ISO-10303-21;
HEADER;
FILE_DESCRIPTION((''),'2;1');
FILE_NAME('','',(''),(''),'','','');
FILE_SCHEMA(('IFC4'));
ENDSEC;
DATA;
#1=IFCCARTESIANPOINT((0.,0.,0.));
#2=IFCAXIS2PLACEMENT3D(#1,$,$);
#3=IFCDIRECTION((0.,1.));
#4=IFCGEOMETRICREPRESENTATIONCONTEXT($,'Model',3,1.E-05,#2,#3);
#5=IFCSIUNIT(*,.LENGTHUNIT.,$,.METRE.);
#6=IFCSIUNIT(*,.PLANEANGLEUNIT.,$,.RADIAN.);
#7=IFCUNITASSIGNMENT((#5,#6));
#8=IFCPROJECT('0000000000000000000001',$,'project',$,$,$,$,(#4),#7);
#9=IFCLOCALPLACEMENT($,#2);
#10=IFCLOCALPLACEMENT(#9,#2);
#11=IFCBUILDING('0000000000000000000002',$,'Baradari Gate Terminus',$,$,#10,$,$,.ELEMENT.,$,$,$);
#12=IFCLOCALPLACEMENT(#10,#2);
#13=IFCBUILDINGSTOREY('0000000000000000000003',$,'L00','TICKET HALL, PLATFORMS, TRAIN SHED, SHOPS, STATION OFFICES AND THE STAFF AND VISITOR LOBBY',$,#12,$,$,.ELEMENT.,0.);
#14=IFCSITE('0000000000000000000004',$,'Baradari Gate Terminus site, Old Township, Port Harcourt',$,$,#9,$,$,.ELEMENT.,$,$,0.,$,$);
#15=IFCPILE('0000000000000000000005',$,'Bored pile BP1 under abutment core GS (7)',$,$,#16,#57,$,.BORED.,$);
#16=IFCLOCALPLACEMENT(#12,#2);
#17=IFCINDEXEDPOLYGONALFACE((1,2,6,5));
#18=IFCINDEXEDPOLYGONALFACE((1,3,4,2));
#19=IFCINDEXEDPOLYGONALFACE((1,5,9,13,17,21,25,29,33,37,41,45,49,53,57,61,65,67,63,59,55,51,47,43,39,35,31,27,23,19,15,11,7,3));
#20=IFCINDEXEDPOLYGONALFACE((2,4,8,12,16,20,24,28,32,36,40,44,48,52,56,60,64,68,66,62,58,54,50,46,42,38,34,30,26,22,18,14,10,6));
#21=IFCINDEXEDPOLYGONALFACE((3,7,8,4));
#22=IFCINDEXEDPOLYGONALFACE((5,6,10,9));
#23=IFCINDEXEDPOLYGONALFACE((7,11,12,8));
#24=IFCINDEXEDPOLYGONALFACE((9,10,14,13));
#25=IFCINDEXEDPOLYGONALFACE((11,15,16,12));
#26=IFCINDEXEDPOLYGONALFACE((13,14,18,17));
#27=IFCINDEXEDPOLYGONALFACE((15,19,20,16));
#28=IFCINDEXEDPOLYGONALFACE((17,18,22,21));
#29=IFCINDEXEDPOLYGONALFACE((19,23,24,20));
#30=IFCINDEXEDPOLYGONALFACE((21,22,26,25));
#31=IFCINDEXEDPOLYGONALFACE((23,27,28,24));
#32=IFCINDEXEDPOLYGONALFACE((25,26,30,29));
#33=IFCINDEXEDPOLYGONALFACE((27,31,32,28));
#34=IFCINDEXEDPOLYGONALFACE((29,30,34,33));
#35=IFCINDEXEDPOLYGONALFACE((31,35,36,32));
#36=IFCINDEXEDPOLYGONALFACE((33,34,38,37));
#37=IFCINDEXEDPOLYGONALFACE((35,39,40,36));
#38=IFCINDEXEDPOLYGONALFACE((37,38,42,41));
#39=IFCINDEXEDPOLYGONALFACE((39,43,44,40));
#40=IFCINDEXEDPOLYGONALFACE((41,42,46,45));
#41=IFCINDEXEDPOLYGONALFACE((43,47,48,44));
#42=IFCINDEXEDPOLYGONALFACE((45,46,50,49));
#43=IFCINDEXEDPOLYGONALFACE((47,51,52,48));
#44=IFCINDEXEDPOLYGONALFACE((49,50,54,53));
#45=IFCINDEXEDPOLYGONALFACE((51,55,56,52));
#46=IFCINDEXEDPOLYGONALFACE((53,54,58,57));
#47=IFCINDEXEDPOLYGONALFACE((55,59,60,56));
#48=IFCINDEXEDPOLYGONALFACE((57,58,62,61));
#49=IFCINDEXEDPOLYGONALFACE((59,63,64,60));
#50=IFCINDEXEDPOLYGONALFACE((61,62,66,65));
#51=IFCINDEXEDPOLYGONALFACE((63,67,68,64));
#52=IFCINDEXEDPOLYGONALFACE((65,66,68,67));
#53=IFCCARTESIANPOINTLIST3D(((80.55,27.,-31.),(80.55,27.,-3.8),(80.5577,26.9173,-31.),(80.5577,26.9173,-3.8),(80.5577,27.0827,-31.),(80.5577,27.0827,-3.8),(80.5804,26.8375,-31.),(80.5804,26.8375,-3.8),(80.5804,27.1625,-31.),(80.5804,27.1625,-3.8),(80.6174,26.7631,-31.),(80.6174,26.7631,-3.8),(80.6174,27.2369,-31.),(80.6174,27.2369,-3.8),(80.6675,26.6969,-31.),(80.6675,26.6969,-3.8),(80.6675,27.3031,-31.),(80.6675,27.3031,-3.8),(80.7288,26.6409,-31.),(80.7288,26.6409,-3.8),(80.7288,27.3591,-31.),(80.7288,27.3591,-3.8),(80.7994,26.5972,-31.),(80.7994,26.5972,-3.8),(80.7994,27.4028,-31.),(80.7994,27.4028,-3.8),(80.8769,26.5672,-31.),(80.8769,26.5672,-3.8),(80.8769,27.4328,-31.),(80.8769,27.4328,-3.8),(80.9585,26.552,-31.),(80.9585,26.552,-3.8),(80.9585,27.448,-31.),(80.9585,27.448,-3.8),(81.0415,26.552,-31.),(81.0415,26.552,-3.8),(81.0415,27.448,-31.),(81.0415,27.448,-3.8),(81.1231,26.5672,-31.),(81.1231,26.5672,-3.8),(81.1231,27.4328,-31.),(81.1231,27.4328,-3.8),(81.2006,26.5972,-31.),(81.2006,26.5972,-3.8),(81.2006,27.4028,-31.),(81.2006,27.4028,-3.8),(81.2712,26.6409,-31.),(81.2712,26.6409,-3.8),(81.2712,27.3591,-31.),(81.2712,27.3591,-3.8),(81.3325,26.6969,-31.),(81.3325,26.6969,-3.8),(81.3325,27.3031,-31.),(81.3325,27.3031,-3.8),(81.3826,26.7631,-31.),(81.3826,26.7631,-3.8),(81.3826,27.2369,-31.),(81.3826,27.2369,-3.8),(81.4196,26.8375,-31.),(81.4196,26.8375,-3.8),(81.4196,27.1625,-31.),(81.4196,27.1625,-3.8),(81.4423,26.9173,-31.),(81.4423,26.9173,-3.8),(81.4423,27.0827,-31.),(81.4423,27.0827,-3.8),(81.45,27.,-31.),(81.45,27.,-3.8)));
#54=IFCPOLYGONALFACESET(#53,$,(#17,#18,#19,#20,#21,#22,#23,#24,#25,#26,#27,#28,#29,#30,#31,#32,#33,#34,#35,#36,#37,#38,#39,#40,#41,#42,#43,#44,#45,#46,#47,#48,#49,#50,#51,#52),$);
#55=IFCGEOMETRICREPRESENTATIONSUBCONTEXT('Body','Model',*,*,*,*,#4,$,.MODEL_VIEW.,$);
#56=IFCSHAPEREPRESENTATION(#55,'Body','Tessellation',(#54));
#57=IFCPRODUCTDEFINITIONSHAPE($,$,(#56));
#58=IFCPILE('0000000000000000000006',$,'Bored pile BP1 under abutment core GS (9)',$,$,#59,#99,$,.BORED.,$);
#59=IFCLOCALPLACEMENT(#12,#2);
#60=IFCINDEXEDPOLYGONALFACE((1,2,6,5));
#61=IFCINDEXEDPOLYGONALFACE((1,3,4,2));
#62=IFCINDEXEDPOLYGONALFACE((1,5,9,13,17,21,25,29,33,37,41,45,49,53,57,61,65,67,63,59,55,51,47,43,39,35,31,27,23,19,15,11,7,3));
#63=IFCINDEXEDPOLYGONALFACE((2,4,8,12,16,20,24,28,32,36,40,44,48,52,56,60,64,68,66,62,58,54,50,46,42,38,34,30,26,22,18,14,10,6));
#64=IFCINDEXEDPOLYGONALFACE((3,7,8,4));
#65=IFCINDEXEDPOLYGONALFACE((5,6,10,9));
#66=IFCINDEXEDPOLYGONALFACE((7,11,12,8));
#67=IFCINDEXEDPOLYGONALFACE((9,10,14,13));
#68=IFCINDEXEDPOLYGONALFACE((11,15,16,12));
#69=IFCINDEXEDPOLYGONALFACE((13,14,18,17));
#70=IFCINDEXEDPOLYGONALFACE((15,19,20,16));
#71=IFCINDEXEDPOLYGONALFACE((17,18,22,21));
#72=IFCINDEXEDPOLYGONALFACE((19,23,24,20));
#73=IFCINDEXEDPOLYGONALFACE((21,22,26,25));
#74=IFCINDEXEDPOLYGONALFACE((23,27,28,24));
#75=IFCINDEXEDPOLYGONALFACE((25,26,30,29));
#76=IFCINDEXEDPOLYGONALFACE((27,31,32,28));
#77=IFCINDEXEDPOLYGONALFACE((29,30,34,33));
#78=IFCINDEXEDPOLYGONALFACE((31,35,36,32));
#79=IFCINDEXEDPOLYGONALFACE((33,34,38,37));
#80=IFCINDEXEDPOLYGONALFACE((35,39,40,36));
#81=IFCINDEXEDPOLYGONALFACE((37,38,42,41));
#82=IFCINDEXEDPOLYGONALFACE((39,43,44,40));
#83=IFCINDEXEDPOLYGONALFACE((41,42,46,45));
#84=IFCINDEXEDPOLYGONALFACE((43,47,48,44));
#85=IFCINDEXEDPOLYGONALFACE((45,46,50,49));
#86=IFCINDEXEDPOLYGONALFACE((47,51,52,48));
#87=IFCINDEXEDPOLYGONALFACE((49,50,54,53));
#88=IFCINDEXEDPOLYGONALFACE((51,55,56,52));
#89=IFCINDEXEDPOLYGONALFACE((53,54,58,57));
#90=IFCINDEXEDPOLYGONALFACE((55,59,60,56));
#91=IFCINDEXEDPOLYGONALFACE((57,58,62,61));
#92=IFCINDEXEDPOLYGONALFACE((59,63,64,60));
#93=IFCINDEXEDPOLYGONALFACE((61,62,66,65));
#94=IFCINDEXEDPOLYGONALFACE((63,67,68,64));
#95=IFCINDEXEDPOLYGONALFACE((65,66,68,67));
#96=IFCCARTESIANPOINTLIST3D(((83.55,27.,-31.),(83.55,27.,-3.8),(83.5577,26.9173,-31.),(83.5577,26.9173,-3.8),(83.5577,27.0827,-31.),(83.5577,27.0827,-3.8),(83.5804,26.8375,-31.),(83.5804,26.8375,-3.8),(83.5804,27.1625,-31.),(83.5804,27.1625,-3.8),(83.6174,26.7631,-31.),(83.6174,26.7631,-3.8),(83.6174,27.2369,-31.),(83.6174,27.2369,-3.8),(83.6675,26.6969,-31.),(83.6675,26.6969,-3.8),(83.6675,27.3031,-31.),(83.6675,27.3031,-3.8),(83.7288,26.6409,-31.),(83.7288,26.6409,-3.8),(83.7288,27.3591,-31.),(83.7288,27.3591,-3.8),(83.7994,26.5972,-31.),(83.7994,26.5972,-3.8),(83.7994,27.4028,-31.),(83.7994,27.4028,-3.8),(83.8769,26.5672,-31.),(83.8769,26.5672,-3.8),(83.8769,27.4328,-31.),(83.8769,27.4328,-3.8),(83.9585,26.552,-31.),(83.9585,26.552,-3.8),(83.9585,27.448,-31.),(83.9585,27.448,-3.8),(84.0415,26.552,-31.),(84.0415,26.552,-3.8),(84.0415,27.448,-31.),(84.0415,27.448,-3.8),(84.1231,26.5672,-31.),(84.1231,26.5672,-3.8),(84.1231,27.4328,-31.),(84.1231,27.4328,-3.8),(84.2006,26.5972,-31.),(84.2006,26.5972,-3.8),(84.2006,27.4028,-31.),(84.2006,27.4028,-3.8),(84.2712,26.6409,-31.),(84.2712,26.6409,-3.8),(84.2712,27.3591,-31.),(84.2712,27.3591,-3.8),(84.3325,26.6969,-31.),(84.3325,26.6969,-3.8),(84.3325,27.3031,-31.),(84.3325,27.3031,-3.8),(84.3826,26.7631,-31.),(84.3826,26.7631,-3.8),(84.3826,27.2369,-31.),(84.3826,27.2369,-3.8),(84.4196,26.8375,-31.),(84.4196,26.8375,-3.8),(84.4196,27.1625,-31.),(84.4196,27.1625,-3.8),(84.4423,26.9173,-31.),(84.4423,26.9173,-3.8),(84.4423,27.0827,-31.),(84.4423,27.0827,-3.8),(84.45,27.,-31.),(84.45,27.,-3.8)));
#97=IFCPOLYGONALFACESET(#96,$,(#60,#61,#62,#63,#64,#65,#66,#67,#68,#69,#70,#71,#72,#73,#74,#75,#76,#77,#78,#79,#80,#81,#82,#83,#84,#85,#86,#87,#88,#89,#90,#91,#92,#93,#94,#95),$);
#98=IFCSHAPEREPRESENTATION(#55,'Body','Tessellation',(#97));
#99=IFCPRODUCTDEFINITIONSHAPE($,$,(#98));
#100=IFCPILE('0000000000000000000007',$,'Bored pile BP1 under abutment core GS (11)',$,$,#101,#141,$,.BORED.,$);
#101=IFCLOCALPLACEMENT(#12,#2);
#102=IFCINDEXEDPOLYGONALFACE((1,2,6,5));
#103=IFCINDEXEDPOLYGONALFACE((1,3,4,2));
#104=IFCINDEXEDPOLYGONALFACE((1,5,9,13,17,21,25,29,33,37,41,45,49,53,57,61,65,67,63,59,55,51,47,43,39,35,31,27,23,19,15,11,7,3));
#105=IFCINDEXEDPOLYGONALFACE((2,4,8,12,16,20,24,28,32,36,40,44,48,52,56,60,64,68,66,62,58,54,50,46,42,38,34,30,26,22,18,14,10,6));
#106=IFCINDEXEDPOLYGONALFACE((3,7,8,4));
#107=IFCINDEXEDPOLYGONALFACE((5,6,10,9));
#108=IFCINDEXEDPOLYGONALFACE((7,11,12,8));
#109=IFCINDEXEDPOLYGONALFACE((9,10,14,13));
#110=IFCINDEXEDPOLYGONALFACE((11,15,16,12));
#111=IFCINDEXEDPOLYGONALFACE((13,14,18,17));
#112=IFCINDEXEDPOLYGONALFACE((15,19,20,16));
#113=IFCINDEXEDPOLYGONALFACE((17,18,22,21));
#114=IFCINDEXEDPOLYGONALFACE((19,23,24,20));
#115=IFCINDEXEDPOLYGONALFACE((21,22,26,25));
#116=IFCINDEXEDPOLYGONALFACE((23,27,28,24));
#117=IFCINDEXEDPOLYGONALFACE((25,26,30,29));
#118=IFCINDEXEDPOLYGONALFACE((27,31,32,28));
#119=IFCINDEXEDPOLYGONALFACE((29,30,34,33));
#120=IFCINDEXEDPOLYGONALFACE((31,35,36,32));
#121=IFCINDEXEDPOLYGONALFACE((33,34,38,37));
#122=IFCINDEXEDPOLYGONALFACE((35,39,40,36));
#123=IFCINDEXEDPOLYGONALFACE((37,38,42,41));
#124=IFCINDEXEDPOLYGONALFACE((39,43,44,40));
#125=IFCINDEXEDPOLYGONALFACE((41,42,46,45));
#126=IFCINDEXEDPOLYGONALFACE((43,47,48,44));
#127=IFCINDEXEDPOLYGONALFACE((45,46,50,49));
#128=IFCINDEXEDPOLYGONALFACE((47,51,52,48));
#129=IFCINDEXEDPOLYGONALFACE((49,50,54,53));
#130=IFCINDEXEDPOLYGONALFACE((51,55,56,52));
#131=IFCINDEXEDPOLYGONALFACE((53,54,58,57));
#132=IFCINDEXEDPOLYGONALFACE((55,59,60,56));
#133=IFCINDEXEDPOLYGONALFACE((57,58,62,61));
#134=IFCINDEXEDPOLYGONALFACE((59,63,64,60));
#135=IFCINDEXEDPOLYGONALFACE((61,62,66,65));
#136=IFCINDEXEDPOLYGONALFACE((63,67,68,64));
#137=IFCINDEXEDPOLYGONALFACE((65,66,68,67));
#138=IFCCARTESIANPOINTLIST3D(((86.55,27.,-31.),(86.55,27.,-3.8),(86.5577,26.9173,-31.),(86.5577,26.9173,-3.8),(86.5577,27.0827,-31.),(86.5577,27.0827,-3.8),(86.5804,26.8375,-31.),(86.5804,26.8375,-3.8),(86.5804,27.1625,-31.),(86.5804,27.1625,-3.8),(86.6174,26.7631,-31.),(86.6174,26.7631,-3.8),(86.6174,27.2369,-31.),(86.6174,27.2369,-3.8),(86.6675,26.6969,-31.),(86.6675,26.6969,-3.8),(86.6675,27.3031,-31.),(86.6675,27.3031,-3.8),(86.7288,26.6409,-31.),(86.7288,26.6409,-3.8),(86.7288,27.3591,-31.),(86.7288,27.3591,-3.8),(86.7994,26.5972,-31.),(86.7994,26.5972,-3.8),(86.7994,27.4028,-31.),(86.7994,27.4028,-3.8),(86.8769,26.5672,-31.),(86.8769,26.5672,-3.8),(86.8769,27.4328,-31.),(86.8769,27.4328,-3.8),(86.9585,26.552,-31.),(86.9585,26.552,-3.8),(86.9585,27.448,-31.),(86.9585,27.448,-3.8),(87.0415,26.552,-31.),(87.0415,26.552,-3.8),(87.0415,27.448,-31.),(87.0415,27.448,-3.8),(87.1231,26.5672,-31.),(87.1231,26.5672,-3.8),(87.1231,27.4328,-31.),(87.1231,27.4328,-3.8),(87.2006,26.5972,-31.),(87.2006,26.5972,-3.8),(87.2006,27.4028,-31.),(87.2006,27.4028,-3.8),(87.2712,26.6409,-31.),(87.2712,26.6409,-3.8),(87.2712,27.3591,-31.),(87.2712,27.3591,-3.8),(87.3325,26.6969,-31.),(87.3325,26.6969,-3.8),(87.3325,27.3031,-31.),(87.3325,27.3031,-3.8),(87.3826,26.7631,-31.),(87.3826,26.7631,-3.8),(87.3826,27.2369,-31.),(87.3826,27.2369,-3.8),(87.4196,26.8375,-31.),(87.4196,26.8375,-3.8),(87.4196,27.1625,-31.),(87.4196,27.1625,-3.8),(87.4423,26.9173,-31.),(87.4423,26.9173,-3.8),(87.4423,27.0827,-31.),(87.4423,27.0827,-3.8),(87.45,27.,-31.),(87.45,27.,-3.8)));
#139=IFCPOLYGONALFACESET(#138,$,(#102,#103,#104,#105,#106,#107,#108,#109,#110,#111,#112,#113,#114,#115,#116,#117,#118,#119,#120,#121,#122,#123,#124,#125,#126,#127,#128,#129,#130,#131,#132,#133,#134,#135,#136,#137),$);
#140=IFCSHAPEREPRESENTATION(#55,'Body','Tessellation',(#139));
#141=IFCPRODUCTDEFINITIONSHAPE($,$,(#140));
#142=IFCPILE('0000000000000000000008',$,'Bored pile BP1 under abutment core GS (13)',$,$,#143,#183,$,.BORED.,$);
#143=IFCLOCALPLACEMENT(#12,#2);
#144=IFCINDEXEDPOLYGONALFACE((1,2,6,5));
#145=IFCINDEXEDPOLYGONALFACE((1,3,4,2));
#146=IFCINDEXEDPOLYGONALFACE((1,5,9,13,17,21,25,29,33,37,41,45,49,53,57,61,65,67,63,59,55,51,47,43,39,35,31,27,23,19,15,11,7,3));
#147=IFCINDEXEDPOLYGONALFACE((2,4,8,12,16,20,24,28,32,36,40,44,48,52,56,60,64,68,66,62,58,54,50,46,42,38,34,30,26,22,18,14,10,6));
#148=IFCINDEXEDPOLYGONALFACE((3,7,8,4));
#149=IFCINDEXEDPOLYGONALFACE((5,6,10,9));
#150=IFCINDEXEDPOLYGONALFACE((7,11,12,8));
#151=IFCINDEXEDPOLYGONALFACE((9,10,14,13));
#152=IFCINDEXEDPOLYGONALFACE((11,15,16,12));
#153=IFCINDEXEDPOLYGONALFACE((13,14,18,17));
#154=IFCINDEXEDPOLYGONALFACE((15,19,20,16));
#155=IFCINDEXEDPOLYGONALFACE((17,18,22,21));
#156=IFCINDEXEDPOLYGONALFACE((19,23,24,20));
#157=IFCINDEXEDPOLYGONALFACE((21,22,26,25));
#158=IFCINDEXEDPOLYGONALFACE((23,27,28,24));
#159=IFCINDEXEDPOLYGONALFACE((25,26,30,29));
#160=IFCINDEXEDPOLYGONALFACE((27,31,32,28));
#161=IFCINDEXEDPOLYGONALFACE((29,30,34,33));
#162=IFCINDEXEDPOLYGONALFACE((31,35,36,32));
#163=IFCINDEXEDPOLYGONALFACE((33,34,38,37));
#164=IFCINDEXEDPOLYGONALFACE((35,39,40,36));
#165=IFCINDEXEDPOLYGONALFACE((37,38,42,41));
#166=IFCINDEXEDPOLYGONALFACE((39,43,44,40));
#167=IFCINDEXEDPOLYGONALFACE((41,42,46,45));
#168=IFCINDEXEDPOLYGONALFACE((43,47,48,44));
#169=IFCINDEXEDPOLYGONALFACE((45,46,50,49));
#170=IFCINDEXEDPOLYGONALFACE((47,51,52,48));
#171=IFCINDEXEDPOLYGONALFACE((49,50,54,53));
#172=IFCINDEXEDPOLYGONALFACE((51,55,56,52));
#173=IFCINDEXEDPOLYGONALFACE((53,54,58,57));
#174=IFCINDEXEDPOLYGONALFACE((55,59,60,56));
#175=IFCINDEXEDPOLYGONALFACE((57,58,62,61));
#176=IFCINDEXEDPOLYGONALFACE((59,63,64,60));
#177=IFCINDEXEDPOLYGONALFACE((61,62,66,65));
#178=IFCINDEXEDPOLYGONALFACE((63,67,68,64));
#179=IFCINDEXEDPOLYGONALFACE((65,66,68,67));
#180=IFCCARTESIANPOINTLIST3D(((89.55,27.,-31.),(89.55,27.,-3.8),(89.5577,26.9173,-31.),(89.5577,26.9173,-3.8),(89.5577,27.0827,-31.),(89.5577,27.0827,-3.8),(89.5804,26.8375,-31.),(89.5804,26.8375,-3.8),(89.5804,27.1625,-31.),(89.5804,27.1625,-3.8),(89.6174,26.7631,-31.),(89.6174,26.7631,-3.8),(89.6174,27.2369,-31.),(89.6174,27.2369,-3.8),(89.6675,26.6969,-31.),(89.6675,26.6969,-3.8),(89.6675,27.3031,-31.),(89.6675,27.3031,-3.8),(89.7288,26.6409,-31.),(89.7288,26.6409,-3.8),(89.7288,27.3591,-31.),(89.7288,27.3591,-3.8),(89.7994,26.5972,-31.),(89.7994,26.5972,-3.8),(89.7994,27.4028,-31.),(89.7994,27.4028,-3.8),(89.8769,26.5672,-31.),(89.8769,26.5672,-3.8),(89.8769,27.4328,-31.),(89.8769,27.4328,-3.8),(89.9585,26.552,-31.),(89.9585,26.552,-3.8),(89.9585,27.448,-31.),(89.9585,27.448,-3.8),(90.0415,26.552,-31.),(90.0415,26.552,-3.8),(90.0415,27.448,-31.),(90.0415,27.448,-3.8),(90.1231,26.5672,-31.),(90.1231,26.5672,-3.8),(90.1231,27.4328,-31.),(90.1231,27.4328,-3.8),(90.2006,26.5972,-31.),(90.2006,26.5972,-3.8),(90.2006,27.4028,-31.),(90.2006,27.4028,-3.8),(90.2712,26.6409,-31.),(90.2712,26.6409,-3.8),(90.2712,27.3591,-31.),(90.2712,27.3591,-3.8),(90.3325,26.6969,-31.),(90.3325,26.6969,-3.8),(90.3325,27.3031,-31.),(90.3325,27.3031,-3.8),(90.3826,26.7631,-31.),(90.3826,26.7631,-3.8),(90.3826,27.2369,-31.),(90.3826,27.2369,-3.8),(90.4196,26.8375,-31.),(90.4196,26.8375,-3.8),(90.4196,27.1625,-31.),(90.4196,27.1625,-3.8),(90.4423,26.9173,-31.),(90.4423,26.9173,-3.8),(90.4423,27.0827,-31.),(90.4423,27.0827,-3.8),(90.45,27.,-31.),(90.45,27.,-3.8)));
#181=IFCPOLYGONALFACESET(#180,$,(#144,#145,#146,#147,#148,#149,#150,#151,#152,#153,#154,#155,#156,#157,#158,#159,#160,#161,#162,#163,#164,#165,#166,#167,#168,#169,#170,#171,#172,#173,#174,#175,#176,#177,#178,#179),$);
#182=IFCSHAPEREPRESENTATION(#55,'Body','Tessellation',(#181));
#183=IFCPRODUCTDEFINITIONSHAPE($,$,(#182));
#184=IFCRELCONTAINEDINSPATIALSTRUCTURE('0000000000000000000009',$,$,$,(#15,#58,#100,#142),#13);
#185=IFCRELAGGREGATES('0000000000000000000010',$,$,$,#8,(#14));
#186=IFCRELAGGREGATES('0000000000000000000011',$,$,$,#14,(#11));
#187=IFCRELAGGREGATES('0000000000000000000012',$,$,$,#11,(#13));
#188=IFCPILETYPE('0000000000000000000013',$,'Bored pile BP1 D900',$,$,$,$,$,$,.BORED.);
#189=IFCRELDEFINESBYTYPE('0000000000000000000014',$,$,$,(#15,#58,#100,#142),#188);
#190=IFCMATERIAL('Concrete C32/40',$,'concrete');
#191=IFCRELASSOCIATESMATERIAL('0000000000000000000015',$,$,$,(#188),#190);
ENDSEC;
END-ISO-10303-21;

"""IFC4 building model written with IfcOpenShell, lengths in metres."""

from ifc_helpers import new_model, si_unit, direction, frame, origin, origin_2d, place, context, subcontext, project, spatial, circle, extrude, material, type_object, element, save


model = new_model("IFC4")

# Units and contexts
model_context = context("Model", 3, precision=1e-05, world=origin(), true_north=direction((0.0, 1.0)))
body_context = subcontext(model_context, "Body", "Model", "MODEL_VIEW")
ifc_project = project(units=[si_unit("LENGTHUNIT", "METRE"), si_unit("PLANEANGLEUNIT", "RADIAN")], contexts=[model_context])

# Site, building, storey
site_placement = place(None, origin())
site = spatial("IfcSite", under=ifc_project, at=site_placement, Name="Baradari Gate Terminus site, Old Township, Port Harcourt", CompositionType="ELEMENT", RefElevation=0.0)
building_placement = place(site_placement, origin())
building = spatial("IfcBuilding", under=site, at=building_placement, Name="Baradari Gate Terminus", CompositionType="ELEMENT")
storey_placement = place(building_placement, origin())
storey = spatial("IfcBuildingStorey", under=building, at=storey_placement, Name="L00", Description="TICKET HALL, PLATFORMS, TRAIN SHED, SHOPS, STATION OFFICES AND THE STAFF AND VISITOR LOBBY", CompositionType="ELEMENT", Elevation=0.0)

# Piles
ifc_material_1 = material(Name="Concrete C32/40", Category="concrete")
pile_type = type_object("IfcPileType", Name="Bored pile BP1 D900", PredefinedType="BORED", material=ifc_material_1)
for number, where, z_axis, x_axis, name in (
    (1, (81.0, 27.0, -3.8), (0.0, 0.0, -1.0), (1.0, 0.0, 0.0), "Bored pile BP1 under abutment core GS (7)"),
    (2, (84.0, 27.0, -3.8), (0.0, 0.0, -1.0), (1.0, 0.0, 0.0), "Bored pile BP1 under abutment core GS (9)"),
    (3, (87.0, 27.0, -3.8), (0.0, 0.0, -1.0), (1.0, 0.0, 0.0), "Bored pile BP1 under abutment core GS (11)"),
    (4, (90.0, 27.0, -3.8), (0.0, 0.0, -1.0), (1.0, 0.0, 0.0), "Bored pile BP1 under abutment core GS (13)"),
):
    element("IfcPile", number, at=place(storey_placement, frame(where, z_axis=z_axis, x_axis=x_axis)), inside=storey, type_object=pile_type, Name=name, PredefinedType="BORED", context=body_context, shape_type="SweptSolid", body=[
        extrude(circle(Radius=0.45, at=origin_2d()), origin(), (0.0, 0.0, 1.0), 27.2),
    ])

save(model, "model.ifc")
